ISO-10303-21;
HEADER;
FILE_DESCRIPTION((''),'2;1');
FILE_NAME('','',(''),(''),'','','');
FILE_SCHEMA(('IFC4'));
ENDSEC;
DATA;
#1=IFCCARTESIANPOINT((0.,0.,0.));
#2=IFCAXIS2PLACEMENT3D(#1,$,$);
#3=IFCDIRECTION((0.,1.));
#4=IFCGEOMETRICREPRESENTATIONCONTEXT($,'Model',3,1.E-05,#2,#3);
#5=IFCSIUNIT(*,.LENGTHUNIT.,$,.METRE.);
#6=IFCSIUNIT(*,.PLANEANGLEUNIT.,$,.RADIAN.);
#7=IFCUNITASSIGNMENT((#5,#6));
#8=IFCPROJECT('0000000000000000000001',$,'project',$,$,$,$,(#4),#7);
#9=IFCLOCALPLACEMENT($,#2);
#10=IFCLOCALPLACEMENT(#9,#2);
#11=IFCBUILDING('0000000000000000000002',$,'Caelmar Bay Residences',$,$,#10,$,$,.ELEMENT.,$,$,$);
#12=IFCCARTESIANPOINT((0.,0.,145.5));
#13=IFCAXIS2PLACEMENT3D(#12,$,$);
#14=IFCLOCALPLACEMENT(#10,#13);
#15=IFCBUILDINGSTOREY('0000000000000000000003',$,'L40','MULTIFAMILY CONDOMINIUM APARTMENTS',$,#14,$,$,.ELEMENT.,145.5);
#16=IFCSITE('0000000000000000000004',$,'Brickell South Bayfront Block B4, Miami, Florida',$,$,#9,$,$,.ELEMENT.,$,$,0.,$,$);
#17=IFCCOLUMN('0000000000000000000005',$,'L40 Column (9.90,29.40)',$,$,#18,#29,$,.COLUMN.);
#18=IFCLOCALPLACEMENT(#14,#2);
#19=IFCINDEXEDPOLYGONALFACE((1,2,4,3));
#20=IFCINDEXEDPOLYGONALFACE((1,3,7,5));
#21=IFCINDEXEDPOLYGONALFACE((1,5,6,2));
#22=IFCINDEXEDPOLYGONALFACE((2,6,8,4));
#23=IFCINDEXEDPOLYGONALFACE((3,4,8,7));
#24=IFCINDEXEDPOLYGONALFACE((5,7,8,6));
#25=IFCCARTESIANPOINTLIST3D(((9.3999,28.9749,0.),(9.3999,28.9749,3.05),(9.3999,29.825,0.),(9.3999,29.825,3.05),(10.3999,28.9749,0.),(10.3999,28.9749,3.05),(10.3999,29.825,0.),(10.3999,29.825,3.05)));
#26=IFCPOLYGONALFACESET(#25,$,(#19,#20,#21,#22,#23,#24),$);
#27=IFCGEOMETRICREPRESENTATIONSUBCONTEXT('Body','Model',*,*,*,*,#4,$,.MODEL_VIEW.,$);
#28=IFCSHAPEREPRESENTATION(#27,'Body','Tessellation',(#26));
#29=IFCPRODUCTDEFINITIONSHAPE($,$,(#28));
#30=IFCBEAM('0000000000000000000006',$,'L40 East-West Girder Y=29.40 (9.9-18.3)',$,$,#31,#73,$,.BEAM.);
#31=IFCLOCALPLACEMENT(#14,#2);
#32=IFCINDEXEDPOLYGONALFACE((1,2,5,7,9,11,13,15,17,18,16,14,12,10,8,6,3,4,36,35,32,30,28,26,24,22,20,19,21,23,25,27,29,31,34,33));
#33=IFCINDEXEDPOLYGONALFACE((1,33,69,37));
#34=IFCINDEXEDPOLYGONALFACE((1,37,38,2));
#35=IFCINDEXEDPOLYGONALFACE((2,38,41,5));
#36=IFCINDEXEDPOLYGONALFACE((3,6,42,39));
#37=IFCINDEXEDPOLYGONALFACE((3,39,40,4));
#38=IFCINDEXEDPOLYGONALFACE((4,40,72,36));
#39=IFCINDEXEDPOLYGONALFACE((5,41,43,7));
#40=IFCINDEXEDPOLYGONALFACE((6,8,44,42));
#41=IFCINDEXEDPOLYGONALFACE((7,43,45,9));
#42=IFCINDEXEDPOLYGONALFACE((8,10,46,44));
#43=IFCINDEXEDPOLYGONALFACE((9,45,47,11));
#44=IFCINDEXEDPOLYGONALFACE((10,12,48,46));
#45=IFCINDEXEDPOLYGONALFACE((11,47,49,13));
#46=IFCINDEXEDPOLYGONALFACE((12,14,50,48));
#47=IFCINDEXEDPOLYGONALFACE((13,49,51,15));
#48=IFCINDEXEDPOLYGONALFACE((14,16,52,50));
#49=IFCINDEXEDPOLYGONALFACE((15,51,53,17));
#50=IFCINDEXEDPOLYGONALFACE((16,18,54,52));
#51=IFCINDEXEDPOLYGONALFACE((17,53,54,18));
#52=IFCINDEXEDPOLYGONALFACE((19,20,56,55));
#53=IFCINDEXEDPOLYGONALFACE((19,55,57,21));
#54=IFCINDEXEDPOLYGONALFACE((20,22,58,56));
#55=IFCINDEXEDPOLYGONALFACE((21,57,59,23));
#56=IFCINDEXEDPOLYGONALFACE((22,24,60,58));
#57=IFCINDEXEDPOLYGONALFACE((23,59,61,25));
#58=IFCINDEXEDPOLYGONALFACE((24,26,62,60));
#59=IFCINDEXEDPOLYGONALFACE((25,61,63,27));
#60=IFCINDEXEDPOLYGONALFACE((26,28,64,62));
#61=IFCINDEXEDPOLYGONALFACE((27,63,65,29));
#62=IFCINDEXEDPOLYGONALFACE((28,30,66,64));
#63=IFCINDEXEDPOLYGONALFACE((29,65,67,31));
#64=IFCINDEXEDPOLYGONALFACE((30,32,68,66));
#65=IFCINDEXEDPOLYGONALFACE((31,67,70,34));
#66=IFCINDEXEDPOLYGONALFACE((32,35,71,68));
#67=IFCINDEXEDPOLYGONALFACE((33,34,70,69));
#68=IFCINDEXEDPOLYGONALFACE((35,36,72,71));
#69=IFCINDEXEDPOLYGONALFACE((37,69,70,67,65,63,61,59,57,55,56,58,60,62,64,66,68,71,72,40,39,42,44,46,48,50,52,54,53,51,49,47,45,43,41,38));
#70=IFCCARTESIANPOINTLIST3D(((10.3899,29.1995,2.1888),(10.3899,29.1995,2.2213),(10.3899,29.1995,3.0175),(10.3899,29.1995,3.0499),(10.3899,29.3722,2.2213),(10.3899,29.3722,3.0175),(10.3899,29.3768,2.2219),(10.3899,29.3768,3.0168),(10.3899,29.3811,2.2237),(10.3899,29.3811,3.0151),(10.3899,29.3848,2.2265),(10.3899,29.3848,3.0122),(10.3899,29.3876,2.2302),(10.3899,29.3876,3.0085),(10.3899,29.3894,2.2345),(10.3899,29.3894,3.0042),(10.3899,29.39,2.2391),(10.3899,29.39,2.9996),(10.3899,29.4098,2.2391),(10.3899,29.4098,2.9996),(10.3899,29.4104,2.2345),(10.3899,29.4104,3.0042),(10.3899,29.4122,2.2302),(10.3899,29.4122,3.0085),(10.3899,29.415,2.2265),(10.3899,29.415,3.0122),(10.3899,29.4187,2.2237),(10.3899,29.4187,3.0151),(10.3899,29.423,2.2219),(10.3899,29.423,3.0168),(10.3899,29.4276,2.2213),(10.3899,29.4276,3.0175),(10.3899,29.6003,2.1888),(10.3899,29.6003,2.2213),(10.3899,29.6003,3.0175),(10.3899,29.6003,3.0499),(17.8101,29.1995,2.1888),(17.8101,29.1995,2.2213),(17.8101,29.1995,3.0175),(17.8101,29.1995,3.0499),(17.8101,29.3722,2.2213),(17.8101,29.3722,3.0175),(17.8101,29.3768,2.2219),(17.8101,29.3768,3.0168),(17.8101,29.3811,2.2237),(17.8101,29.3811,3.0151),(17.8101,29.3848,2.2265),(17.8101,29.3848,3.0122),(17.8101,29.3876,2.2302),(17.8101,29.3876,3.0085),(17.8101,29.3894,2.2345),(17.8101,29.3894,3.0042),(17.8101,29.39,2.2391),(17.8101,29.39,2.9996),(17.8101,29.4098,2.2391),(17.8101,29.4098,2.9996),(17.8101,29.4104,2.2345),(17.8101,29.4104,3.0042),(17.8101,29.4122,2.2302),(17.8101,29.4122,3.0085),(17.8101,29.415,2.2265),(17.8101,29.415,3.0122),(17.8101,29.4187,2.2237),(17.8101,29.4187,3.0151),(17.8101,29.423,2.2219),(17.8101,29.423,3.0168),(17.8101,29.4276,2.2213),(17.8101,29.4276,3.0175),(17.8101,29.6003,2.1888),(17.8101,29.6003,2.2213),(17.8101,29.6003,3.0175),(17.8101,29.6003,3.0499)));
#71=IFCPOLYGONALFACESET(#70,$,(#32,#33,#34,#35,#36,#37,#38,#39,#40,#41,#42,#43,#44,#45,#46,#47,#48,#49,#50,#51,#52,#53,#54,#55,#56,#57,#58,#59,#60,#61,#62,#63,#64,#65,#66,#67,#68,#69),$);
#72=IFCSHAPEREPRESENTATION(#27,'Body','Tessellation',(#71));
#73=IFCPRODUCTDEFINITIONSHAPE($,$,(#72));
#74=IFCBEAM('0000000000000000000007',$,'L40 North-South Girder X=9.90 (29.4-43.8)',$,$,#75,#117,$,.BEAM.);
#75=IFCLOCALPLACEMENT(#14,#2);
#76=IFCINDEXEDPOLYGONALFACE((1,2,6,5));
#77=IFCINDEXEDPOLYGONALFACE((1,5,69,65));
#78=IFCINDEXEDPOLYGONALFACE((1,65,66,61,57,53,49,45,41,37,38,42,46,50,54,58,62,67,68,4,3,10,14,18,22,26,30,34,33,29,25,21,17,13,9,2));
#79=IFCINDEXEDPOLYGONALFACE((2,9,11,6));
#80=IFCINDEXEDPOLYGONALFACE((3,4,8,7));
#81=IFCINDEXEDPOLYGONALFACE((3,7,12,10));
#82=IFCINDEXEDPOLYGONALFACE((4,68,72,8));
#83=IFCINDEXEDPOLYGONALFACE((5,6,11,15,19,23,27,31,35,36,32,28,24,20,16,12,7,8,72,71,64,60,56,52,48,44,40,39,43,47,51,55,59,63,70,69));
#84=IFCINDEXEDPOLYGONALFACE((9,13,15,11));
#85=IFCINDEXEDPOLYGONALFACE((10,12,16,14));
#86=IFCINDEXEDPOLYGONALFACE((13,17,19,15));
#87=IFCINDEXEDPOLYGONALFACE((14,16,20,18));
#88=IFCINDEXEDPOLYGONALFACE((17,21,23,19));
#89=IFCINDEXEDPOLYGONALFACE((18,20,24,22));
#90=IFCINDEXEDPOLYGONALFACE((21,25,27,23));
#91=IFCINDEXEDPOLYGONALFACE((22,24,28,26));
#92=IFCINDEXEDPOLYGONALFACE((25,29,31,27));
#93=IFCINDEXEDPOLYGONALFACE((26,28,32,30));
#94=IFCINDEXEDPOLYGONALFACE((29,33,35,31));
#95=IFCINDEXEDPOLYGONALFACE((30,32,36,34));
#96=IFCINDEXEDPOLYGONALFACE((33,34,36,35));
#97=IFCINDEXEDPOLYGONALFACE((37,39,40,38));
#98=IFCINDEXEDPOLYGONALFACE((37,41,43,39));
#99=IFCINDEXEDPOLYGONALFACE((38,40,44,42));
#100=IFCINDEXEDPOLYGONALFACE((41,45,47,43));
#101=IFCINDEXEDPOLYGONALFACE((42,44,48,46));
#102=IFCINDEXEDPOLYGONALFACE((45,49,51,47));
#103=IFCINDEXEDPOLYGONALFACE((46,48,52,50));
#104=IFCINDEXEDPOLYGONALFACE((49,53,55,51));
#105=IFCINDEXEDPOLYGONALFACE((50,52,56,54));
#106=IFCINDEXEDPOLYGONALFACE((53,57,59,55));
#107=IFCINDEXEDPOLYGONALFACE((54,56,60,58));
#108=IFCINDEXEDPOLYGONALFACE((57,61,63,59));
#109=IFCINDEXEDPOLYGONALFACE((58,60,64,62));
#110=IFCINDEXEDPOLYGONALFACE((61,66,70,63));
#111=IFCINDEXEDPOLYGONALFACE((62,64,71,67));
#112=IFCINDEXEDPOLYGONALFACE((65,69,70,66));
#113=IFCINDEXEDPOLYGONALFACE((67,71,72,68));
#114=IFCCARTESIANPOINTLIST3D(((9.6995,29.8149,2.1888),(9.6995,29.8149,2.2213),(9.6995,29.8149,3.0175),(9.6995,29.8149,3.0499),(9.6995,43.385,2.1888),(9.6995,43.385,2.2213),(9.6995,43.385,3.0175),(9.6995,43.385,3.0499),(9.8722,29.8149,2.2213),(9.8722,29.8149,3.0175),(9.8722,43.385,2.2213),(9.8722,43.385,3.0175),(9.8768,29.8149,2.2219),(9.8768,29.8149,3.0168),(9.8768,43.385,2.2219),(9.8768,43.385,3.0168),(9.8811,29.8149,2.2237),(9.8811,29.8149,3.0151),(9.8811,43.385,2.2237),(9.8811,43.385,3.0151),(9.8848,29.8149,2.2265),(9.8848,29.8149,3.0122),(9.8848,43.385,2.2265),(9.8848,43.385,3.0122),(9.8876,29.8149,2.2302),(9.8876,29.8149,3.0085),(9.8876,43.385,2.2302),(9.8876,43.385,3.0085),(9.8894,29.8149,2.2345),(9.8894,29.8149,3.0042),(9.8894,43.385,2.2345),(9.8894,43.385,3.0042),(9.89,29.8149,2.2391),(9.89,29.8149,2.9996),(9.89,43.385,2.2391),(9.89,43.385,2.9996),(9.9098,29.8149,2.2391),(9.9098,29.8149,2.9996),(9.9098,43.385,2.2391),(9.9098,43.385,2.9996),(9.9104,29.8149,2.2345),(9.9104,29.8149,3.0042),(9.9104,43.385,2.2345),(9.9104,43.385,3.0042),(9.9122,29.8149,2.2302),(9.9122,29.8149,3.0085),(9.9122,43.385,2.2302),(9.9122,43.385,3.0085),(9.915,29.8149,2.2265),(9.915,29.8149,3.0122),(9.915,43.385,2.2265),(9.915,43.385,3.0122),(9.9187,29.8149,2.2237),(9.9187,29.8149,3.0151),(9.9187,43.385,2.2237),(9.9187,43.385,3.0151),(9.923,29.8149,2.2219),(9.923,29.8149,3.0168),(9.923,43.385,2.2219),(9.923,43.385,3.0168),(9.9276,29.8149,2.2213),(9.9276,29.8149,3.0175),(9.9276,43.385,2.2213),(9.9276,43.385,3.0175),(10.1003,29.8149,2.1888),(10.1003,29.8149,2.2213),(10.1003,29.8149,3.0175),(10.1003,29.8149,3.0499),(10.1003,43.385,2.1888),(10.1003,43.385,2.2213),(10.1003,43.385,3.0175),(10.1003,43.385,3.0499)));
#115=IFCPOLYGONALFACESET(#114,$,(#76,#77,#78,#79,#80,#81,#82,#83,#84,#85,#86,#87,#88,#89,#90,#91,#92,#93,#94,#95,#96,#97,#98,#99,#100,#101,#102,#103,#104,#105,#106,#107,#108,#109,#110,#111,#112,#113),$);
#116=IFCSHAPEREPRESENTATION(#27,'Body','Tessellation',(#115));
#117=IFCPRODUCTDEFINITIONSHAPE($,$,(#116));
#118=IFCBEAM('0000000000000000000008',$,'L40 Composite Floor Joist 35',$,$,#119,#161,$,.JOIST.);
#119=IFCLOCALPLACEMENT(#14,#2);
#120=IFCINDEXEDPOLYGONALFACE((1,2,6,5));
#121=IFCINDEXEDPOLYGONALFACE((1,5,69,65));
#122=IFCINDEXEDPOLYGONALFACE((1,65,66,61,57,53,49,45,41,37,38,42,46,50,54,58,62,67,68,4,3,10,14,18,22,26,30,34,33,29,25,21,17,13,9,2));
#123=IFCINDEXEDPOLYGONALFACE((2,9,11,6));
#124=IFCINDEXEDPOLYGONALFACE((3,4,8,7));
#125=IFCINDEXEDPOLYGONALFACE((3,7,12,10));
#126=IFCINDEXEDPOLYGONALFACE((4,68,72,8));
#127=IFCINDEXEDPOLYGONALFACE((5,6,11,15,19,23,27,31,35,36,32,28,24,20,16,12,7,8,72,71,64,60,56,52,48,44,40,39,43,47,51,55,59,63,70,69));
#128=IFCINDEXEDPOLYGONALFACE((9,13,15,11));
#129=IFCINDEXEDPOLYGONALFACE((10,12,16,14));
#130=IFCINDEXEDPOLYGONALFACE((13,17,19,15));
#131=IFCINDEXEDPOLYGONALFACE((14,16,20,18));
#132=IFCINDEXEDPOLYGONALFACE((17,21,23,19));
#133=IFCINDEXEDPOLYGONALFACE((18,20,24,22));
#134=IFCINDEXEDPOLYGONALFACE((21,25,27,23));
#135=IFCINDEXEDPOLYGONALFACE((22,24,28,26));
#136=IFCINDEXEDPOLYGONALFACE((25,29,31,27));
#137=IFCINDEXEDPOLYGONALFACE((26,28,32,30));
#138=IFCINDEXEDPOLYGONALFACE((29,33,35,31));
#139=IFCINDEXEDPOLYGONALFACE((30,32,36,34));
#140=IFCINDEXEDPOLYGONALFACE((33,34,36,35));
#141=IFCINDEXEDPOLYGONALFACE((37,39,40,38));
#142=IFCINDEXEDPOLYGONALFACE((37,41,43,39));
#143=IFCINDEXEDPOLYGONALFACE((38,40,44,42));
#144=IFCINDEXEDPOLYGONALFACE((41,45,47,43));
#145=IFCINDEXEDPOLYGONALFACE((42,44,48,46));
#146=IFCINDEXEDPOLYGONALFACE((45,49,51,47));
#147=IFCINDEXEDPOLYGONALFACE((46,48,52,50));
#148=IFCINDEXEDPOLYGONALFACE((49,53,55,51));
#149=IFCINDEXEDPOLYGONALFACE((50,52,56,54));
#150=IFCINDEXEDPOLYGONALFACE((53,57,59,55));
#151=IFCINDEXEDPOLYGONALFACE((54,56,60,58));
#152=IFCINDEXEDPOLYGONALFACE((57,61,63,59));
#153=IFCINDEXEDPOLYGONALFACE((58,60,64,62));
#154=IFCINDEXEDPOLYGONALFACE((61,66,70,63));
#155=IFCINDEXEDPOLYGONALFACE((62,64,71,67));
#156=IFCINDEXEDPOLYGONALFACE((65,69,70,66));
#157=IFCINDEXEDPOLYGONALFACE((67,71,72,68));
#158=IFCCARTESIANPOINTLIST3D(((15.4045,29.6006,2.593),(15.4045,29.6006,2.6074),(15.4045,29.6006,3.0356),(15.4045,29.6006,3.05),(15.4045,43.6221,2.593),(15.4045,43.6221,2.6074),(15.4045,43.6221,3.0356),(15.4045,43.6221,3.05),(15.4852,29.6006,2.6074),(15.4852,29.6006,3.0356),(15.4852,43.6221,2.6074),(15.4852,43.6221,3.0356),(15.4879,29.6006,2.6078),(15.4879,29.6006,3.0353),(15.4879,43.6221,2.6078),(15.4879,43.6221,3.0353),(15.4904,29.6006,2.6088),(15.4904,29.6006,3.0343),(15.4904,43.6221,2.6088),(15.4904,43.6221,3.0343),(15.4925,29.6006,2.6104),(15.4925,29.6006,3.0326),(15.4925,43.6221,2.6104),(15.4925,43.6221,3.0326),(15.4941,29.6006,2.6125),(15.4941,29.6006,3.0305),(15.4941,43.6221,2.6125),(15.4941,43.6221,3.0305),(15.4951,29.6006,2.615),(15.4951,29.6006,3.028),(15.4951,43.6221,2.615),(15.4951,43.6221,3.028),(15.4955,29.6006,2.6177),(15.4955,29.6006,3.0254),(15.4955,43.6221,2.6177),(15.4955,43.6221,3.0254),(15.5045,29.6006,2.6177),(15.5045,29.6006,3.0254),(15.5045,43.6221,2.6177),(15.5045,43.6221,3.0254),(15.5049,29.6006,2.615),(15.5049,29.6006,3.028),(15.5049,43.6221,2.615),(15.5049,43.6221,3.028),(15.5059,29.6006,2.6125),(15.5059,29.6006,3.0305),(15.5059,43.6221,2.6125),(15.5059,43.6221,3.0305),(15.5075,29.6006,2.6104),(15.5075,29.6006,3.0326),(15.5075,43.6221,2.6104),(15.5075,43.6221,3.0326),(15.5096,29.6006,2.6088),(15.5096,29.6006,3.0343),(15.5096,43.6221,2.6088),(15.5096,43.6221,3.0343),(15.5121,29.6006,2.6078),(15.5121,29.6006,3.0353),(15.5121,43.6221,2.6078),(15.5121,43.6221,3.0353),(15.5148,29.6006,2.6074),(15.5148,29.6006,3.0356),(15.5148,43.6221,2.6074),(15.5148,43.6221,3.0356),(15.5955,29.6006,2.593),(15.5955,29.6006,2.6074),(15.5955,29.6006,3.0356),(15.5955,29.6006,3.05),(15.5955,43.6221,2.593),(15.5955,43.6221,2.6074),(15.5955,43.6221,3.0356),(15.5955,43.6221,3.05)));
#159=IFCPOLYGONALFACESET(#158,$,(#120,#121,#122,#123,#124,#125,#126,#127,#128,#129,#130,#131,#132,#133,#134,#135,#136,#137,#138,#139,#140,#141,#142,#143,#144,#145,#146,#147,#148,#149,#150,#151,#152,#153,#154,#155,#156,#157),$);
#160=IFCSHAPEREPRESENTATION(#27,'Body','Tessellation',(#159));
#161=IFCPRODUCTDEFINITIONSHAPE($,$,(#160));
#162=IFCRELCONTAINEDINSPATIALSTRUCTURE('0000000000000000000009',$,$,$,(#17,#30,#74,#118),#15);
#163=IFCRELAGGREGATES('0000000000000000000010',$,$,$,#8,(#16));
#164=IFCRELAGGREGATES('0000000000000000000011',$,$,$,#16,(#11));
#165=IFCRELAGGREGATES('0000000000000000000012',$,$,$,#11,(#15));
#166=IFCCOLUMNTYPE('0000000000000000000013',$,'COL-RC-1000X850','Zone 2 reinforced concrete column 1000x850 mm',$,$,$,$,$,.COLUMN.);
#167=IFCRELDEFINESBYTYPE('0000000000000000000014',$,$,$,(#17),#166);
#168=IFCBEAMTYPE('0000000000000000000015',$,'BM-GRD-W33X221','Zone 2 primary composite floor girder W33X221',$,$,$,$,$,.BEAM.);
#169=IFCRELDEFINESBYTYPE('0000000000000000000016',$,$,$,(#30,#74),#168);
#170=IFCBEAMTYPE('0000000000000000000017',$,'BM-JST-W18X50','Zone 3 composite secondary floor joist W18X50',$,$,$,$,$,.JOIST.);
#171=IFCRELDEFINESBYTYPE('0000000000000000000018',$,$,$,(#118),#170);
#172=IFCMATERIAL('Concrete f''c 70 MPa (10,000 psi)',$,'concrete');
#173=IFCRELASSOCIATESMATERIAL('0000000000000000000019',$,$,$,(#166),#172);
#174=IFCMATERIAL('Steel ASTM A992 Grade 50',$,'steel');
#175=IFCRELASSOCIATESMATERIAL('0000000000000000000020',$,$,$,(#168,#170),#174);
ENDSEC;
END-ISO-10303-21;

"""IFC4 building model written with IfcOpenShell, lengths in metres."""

from ifc_helpers import new_model, si_unit, direction, frame, origin, origin_2d, place, context, subcontext, project, spatial, rectangle, i_section, extrude, material, material_profile, profile_set, type_object, element, save


model = new_model("IFC4")

# Units and contexts
model_context = context("Model", 3, precision=1e-05, world=origin(), true_north=direction((0.0, 1.0)))
body_context = subcontext(model_context, "Body", "Model", "MODEL_VIEW")
ifc_project = project(units=[si_unit("LENGTHUNIT", "METRE"), si_unit("PLANEANGLEUNIT", "RADIAN")], contexts=[model_context])

# Site, building, storey
site_placement = place(None, origin())
site = spatial("IfcSite", under=ifc_project, at=site_placement, Name="Brickell South Bayfront Block B4, Miami, Florida", CompositionType="ELEMENT", RefElevation=0.0)
building_placement = place(site_placement, origin())
building = spatial("IfcBuilding", under=site, at=building_placement, Name="Caelmar Bay Residences", CompositionType="ELEMENT")
storey_placement = place(building_placement, frame((0.0, 0.0, 145.5)))
storey = spatial("IfcBuildingStorey", under=building, at=storey_placement, Name="L40", Description="MULTIFAMILY CONDOMINIUM APARTMENTS", CompositionType="ELEMENT", Elevation=145.5)

# Column
ifc_material_1 = material(Name="Concrete f'c 70 MPa (10,000 psi)", Category="concrete")
ifc_material_profile_1 = material_profile(ifc_material_1, rectangle(XDim=1.0, YDim=0.8501, at=origin_2d()), Name="RC-COL-1000X850")
ifc_profile_set_1 = profile_set([ifc_material_profile_1], Name="Concrete f'c 70 MPa (10,000 psi)")
column_type = type_object("IfcColumnType", Name="COL-RC-1000X850", Description="Zone 2 reinforced concrete column 1000x850 mm", PredefinedType="COLUMN", material=ifc_profile_set_1)
column_placement = place(storey_placement, frame((9.8999, 29.3999, 0.0), z_axis=(0.0, 0.0, 1.0), x_axis=(1.0, 0.0, 0.0)))
element("IfcColumn", 1, at=column_placement, inside=storey, type_object=column_type, Name="L40 Column (9.90,29.40)", PredefinedType="COLUMN", context=body_context, shape_type="SweptSolid", body=[
    extrude(rectangle(XDim=1.0, YDim=0.8501, at=origin_2d()), origin(), (0.0, 0.0, 1.0), 3.05),
])

# Beams
ifc_material_2 = material(Name="Steel ASTM A992 Grade 50", Category="steel")
ifc_material_profile_2 = material_profile(ifc_material_2, i_section(OverallWidth=0.4009, OverallDepth=0.8611, WebThickness=0.0198, FlangeThickness=0.0325, FilletRadius=0.0178, at=origin_2d()), Name="W33X221")
ifc_profile_set_2 = profile_set([ifc_material_profile_2], Name="Steel ASTM A992 Grade 50")
beam_type_1 = type_object("IfcBeamType", Name="BM-GRD-W33X221", Description="Zone 2 primary composite floor girder W33X221", PredefinedType="BEAM", material=ifc_profile_set_2)
beam_1_placement = place(storey_placement, frame((10.3899, 29.3999, 2.6194), z_axis=(1.0, 0.0, 0.0), x_axis=(0.0, 1.0, 0.0)))
element("IfcBeam", 2, at=beam_1_placement, inside=storey, type_object=beam_type_1, Name="L40 East-West Girder Y=29.40 (9.9-18.3)", PredefinedType="BEAM", context=body_context, shape_type="SweptSolid", body=[
    extrude(i_section(OverallWidth=0.4009, OverallDepth=0.8611, WebThickness=0.0198, FlangeThickness=0.0325, FilletRadius=0.0178, at=origin_2d()), origin(), (0.0, 0.0, 1.0), 7.4202),
])
beam_2_placement = place(storey_placement, frame((9.8999, 29.8149, 2.6194), z_axis=(0.0, 1.0, 0.0), x_axis=(-1.0, 0.0, 0.0)))
element("IfcBeam", 3, at=beam_2_placement, inside=storey, type_object=beam_type_1, Name="L40 North-South Girder X=9.90 (29.4-43.8)", PredefinedType="BEAM", context=body_context, shape_type="SweptSolid", body=[
    extrude(i_section(OverallWidth=0.4009, OverallDepth=0.8611, WebThickness=0.0198, FlangeThickness=0.0325, FilletRadius=0.0178, at=origin_2d()), origin(), (0.0, 0.0, 1.0), 13.5701),
])
ifc_material_profile_3 = material_profile(ifc_material_2, i_section(OverallWidth=0.1909, OverallDepth=0.457, WebThickness=0.009, FlangeThickness=0.0144, FilletRadius=0.0103, at=origin_2d()), Name="W18X50")
ifc_profile_set_3 = profile_set([ifc_material_profile_3], Name="Steel ASTM A992 Grade 50")
beam_type_2 = type_object("IfcBeamType", Name="BM-JST-W18X50", Description="Zone 3 composite secondary floor joist W18X50", PredefinedType="JOIST", material=ifc_profile_set_3)
beam_3_placement = place(storey_placement, frame((15.5, 29.6006, 2.8215), z_axis=(0.0, 1.0, 0.0), x_axis=(-1.0, 0.0, 0.0)))
element("IfcBeam", 4, at=beam_3_placement, inside=storey, type_object=beam_type_2, Name="L40 Composite Floor Joist 35", PredefinedType="JOIST", context=body_context, shape_type="SweptSolid", body=[
    extrude(i_section(OverallWidth=0.1909, OverallDepth=0.457, WebThickness=0.009, FlangeThickness=0.0144, FilletRadius=0.0103, at=origin_2d()), origin(), (0.0, 0.0, 1.0), 14.0215),
])

save(model, "model.ifc")
